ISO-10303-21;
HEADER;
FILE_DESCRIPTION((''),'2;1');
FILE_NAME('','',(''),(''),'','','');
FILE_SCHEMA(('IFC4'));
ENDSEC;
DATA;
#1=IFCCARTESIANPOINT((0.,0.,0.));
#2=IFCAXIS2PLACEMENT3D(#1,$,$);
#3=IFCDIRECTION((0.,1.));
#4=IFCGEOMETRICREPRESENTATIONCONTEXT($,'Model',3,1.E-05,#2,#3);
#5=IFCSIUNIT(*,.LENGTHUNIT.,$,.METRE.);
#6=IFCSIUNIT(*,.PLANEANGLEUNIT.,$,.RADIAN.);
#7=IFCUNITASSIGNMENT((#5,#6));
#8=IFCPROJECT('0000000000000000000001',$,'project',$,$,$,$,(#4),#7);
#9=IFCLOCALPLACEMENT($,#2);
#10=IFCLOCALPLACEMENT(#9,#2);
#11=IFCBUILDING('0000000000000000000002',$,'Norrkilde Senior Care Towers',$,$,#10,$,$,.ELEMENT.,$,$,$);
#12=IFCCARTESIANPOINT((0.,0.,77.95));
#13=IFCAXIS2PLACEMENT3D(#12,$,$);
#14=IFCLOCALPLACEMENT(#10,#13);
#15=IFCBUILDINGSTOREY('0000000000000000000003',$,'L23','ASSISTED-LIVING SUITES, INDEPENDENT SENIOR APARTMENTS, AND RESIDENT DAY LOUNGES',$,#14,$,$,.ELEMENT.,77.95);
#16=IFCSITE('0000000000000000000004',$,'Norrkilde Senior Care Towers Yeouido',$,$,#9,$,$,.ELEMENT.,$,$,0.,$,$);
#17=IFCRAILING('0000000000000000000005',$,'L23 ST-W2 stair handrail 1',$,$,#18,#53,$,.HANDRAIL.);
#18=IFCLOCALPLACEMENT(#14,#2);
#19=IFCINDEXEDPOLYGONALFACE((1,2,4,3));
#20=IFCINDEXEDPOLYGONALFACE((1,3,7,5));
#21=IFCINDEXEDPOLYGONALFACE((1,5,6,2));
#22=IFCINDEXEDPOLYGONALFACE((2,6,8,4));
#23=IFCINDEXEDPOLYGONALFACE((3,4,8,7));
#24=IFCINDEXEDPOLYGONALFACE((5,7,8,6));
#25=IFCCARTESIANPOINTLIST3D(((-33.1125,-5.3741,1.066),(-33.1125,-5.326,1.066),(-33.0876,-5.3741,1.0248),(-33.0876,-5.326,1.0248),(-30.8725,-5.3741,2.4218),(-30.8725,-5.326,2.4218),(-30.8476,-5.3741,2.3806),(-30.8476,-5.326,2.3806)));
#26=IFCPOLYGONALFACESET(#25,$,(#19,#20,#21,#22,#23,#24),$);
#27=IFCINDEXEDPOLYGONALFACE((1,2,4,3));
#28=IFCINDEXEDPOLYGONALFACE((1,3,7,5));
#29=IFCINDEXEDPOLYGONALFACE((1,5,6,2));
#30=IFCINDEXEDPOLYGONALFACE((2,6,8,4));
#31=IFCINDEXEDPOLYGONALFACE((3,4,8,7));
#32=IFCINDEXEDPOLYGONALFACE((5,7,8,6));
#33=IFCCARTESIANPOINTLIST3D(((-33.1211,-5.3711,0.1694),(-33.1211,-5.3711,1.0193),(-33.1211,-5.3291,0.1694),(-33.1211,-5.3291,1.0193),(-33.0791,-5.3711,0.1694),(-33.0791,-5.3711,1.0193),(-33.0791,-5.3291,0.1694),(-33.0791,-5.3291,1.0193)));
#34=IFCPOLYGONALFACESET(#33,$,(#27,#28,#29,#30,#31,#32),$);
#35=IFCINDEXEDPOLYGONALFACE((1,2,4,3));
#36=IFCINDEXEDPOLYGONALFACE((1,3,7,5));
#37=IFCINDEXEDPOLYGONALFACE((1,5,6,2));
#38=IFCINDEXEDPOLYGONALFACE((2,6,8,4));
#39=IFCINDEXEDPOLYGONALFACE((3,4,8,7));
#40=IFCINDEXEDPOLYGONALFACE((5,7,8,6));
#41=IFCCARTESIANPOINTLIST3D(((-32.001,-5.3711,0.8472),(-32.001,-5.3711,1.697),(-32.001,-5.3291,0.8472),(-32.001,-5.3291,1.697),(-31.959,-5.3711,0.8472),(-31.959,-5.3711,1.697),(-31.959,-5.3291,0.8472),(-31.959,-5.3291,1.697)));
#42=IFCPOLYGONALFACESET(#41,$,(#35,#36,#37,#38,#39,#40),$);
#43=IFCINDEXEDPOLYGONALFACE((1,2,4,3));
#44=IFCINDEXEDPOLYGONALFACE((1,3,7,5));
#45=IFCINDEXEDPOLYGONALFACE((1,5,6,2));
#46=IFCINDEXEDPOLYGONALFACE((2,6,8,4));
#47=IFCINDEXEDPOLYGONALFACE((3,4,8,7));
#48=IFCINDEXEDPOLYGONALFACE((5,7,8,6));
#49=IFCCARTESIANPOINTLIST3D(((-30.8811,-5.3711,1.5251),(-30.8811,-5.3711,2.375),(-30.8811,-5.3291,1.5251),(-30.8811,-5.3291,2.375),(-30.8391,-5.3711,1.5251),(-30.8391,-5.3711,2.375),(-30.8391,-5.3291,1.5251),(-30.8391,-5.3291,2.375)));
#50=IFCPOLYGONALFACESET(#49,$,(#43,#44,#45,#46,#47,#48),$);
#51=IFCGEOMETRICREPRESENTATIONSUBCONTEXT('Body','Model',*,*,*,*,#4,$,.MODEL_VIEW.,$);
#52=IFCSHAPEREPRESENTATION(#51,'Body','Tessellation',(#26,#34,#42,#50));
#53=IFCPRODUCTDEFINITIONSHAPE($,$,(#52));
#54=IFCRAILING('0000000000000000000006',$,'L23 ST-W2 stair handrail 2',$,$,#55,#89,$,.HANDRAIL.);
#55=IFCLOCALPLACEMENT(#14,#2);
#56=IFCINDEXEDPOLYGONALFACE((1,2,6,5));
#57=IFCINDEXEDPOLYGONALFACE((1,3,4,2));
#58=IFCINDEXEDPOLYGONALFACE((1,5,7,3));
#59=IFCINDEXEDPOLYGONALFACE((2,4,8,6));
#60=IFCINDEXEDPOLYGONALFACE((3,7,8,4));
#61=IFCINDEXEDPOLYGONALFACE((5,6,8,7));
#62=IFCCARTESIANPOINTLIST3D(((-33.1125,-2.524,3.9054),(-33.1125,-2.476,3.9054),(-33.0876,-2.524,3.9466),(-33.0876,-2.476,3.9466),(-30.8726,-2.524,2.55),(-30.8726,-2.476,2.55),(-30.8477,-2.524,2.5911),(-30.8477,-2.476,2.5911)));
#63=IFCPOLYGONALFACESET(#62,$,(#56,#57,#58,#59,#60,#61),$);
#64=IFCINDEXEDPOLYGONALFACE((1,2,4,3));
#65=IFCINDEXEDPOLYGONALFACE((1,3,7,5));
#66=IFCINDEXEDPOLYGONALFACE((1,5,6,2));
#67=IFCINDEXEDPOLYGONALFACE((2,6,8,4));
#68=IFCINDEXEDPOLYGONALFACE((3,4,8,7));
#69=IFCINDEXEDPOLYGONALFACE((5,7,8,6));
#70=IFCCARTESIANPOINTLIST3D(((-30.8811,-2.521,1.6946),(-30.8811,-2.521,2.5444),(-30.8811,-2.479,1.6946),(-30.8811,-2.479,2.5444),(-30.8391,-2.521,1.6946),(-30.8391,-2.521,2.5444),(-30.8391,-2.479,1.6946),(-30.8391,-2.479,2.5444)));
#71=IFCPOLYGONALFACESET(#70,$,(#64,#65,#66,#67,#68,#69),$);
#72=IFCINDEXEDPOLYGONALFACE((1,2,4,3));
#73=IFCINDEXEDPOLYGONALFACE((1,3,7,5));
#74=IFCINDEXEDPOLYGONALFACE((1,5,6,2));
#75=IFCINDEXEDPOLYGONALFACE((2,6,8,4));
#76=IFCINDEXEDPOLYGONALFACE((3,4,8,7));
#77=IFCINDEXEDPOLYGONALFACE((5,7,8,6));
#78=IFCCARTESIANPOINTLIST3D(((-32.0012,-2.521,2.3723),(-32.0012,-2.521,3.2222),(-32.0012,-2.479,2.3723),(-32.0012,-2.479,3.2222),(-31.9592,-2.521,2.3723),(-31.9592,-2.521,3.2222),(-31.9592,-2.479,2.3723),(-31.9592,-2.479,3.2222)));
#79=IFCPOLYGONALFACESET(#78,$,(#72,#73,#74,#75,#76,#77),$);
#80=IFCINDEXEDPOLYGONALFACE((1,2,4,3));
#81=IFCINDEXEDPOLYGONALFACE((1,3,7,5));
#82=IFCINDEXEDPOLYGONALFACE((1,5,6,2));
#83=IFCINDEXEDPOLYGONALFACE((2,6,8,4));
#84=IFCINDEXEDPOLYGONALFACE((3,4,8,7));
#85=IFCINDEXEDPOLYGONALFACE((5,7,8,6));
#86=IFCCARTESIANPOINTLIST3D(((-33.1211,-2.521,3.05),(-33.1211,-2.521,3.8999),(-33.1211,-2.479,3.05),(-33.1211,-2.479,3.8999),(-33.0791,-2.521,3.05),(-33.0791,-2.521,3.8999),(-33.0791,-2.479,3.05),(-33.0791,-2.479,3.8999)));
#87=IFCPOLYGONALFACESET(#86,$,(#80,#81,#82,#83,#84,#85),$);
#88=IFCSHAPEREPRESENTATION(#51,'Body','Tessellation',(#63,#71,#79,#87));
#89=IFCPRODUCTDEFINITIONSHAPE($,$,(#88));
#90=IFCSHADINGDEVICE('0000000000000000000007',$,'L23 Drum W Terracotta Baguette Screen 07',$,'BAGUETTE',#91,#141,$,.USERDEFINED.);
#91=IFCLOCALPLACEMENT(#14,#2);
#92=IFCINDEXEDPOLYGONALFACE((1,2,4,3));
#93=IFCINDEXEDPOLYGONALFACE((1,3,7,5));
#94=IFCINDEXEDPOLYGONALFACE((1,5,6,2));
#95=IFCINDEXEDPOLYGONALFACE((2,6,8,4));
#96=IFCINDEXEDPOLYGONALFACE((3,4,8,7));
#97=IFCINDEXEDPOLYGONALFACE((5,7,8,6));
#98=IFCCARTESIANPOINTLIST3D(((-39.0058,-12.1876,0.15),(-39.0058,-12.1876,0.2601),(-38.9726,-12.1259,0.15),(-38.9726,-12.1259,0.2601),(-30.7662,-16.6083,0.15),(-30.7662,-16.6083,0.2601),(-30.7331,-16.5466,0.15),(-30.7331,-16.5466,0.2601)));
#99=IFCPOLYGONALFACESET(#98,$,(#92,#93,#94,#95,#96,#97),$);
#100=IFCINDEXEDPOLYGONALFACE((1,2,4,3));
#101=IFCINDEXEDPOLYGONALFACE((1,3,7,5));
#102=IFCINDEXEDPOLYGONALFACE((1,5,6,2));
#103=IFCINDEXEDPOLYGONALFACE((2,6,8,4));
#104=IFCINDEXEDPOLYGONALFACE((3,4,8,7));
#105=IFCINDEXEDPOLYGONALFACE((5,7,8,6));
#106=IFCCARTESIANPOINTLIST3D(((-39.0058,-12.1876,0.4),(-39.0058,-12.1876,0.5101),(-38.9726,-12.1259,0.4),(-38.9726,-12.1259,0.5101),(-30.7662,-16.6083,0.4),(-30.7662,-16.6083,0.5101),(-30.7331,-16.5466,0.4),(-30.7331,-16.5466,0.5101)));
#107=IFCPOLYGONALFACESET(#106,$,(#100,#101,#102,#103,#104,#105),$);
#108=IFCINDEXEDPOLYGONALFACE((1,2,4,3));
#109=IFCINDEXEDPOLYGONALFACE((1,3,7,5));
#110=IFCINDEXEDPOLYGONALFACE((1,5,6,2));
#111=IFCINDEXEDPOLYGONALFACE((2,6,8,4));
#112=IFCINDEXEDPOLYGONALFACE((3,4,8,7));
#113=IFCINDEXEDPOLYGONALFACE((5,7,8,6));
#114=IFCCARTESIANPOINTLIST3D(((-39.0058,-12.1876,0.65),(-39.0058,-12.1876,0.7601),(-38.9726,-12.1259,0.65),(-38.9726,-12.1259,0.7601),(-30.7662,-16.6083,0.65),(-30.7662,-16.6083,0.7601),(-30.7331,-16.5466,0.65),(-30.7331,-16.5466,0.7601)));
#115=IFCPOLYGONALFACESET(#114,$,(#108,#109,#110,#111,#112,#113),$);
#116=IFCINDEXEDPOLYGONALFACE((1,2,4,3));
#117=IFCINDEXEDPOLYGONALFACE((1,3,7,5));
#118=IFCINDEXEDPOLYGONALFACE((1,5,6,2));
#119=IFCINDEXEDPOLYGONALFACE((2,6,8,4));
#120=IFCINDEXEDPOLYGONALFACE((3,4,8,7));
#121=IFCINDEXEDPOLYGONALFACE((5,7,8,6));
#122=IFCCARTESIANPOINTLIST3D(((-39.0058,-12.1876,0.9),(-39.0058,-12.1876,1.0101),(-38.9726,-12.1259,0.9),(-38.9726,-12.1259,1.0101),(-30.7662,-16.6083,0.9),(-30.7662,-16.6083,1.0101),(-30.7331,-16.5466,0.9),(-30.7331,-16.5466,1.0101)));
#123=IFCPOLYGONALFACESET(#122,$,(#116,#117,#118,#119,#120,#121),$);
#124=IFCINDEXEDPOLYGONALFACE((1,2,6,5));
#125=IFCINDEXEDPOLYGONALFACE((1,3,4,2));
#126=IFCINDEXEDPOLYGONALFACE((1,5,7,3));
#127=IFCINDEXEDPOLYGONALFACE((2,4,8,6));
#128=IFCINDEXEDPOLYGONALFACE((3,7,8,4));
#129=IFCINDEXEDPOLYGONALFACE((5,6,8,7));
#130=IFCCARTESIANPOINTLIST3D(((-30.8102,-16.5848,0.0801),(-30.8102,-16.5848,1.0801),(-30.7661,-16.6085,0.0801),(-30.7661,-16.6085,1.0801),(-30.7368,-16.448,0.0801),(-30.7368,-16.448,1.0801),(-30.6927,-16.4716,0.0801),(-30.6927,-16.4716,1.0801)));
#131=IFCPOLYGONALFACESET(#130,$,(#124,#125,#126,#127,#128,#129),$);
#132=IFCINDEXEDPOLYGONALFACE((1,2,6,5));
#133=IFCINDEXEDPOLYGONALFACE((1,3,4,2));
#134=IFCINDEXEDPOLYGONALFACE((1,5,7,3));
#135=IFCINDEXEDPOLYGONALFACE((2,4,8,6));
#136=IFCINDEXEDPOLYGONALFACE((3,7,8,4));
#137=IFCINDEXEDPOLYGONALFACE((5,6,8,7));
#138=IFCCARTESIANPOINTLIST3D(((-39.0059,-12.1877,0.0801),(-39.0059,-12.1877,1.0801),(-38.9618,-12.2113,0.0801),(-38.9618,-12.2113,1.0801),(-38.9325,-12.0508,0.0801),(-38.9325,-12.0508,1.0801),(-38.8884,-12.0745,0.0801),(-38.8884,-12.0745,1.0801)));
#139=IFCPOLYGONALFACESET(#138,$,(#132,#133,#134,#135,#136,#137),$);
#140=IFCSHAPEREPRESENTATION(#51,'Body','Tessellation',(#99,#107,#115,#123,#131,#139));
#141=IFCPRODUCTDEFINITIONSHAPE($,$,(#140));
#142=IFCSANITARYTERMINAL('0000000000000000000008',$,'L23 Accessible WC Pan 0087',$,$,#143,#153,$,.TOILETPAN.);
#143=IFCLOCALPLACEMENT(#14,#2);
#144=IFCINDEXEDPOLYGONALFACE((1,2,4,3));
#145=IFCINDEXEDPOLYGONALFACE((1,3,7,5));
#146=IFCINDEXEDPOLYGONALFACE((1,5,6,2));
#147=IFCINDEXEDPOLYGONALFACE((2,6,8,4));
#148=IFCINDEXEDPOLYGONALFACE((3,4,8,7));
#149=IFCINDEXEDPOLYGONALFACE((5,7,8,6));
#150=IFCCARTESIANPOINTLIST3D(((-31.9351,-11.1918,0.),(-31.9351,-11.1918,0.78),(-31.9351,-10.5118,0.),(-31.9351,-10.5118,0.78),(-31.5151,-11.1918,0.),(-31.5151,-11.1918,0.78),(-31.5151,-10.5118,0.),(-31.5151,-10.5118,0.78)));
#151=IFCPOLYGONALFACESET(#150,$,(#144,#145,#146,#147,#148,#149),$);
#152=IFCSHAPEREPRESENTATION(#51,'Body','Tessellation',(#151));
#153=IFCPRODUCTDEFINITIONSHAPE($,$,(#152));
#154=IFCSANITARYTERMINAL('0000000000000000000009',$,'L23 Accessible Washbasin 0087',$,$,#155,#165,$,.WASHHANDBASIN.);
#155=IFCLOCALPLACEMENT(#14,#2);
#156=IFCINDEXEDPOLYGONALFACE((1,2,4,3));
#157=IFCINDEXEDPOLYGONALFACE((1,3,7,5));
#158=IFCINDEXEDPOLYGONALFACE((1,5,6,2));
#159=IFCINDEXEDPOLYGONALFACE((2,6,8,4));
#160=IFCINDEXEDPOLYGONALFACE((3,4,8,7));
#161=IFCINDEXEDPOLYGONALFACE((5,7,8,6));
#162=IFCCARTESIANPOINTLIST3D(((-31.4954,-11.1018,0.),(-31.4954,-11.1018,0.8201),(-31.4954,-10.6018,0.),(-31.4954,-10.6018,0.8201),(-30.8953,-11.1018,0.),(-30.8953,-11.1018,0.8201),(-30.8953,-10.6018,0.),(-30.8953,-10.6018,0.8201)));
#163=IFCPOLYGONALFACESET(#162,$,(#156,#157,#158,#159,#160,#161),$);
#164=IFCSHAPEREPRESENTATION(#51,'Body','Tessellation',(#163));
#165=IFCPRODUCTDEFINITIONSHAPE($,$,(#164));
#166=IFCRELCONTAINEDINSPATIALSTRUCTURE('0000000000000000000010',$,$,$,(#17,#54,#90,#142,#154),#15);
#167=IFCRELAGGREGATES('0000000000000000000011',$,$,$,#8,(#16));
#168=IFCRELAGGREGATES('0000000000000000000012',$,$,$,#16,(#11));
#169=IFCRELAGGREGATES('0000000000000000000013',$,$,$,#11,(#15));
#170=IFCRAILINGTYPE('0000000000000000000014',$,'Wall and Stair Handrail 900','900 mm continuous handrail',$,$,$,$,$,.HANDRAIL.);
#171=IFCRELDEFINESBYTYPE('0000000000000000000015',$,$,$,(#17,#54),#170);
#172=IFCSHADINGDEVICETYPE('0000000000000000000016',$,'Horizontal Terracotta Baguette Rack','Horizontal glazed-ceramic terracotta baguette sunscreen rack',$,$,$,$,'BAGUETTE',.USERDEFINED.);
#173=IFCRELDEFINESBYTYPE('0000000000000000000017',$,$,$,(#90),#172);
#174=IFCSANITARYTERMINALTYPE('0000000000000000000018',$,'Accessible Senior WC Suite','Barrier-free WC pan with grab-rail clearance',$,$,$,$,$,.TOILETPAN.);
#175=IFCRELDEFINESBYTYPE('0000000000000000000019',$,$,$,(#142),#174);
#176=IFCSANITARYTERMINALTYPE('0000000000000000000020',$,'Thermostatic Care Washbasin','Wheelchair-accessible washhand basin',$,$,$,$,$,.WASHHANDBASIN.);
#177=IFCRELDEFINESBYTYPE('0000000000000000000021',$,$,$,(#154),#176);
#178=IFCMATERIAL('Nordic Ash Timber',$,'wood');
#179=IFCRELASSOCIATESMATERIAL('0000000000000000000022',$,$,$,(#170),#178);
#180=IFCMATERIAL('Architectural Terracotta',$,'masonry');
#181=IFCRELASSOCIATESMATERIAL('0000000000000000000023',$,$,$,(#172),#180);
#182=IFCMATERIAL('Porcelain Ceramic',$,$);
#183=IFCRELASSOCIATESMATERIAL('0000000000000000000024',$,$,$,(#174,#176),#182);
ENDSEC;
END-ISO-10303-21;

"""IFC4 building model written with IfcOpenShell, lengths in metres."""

from ifc_helpers import new_model, si_unit, direction, frame, origin, origin_2d, place, context, subcontext, project, spatial, rectangle, extrude, source, transform, mapped, material, type_object, type_shapes, element, save


model = new_model("IFC4")

# Units and contexts
model_context = context("Model", 3, precision=1e-05, world=origin(), true_north=direction((0.0, 1.0)))
body_context = subcontext(model_context, "Body", "Model", "MODEL_VIEW")
ifc_project = project(units=[si_unit("LENGTHUNIT", "METRE"), si_unit("PLANEANGLEUNIT", "RADIAN")], contexts=[model_context])

# Site, building, storey
site_placement = place(None, origin())
site = spatial("IfcSite", under=ifc_project, at=site_placement, Name="Norrkilde Senior Care Towers Yeouido", CompositionType="ELEMENT", RefElevation=0.0)
building_placement = place(site_placement, origin())
building = spatial("IfcBuilding", under=site, at=building_placement, Name="Norrkilde Senior Care Towers", CompositionType="ELEMENT")
storey_placement = place(building_placement, frame((0.0, 0.0, 77.95)))
storey = spatial("IfcBuildingStorey", under=building, at=storey_placement, Name="L23", Description="ASSISTED-LIVING SUITES, INDEPENDENT SENIOR APARTMENTS, AND RESIDENT DAY LOUNGES", CompositionType="ELEMENT", Elevation=77.95)

# Railings
ifc_material_1 = material(Name="Nordic Ash Timber", Category="wood")
railing_type_1 = type_object("IfcRailingType", Name="Wall and Stair Handrail 900", Description="900 mm continuous handrail", PredefinedType="HANDRAIL", material=ifc_material_1)
railing_1_placement = place(storey_placement, frame((-33.1001, -5.3501, 0.1694)))
element("IfcRailing", 1, at=railing_1_placement, inside=storey, type_object=railing_type_1, Name="L23 ST-W2 stair handrail 1", PredefinedType="HANDRAIL", context=body_context, shape_type="SweptSolid", body=[
    extrude(rectangle(XDim=0.0481, YDim=0.0481, at=origin_2d()), frame((0.0, 0.0, 0.876), z_axis=(0.855512, 0.0, 0.517783), x_axis=(0.0, 1.0, 0.0)), (0.0, 0.0, 1.0), 2.6184),
    extrude(rectangle(XDim=0.042, YDim=0.042, at=origin_2d()), origin(), (0.0, 0.0, 1.0), 0.8499),
    extrude(rectangle(XDim=0.042, YDim=0.042, at=origin_2d()), frame((1.1201, 0.0, 0.6777)), (0.0, 0.0, 1.0), 0.8499),
    extrude(rectangle(XDim=0.042, YDim=0.042, at=origin_2d()), frame((2.24, 0.0, 1.3557)), (0.0, 0.0, 1.0), 0.8499),
])
railing_2_placement = place(storey_placement, frame((-30.8601, -2.5, 1.6946)))
element("IfcRailing", 2, at=railing_2_placement, inside=storey, type_object=railing_type_1, Name="L23 ST-W2 stair handrail 2", PredefinedType="HANDRAIL", context=body_context, shape_type="SweptSolid", body=[
    extrude(rectangle(XDim=0.0481, YDim=0.0481, at=origin_2d()), frame((0.0, 0.0, 0.876), z_axis=(-0.855553, 0.0, 0.517715), x_axis=(0.0, -1.0, 0.0)), (0.0, 0.0, 1.0), 2.6182),
    extrude(rectangle(XDim=0.042, YDim=0.042, at=origin_2d()), origin(), (0.0, 0.0, 1.0), 0.8499),
    extrude(rectangle(XDim=0.042, YDim=0.042, at=origin_2d()), frame((-1.1201, 0.0, 0.6777)), (0.0, 0.0, 1.0), 0.8499),
    extrude(rectangle(XDim=0.042, YDim=0.042, at=origin_2d()), frame((-2.24, 0.0, 1.3555)), (0.0, 0.0, 1.0), 0.8499),
])

# Shading device
ifc_material_2 = material(Name="Architectural Terracotta", Category="masonry")
shading_device_type = type_object("IfcShadingDeviceType", Name="Horizontal Terracotta Baguette Rack", Description="Horizontal glazed-ceramic terracotta baguette sunscreen rack", ElementType="BAGUETTE", PredefinedType="USERDEFINED", material=ifc_material_2)
shared_shape_1 = source(origin(), body_context, "Body", "SweptSolid", [
    extrude(rectangle(XDim=0.0701, YDim=0.1101, at=origin_2d()), frame((0.0, 0.0901, 0.125), z_axis=(1.0, 0.0, 0.0), x_axis=(0.0, 1.0, 0.0)), (0.0, 0.0, 1.0), 9.3506),
    extrude(rectangle(XDim=0.0701, YDim=0.1101, at=origin_2d()), frame((0.0, 0.0901, 0.375), z_axis=(1.0, 0.0, 0.0), x_axis=(0.0, 1.0, 0.0)), (0.0, 0.0, 1.0), 9.3506),
    extrude(rectangle(XDim=0.0701, YDim=0.1101, at=origin_2d()), frame((0.0, 0.0901, 0.625), z_axis=(1.0, 0.0, 0.0), x_axis=(0.0, 1.0, 0.0)), (0.0, 0.0, 1.0), 9.3506),
    extrude(rectangle(XDim=0.0701, YDim=0.1101, at=origin_2d()), frame((0.0, 0.0901, 0.875), z_axis=(1.0, 0.0, 0.0), x_axis=(0.0, 1.0, 0.0)), (0.0, 0.0, 1.0), 9.3506),
    extrude(rectangle(XDim=0.05, YDim=0.1553, at=origin_2d()), frame((0.0249, 0.0476, 0.0)), (0.0, 0.0, 1.0), 1.0),
    extrude(rectangle(XDim=0.05, YDim=0.1553, at=origin_2d()), frame((9.3257, 0.0476, 0.0)), (0.0, 0.0, 1.0), 1.0),
])
type_shapes(shading_device_type, [shared_shape_1])
shading_device_placement = place(storey_placement, frame((-30.707, -16.498, 0.0801), z_axis=(0.0, 0.0, 1.0), x_axis=(-0.881175, 0.472768, 0.0)))
element("IfcShadingDevice", 3, at=shading_device_placement, inside=storey, type_object=shading_device_type, Name="L23 Drum W Terracotta Baguette Screen 07", ObjectType="BAGUETTE", PredefinedType="USERDEFINED", context=body_context, shape_type="MappedRepresentation", body=[
    mapped(shared_shape_1, transform((0.0, 0.0, 0.0), x_axis=(1.0, 0.0, 0.0), y_axis=(0.0, 1.0, 0.0), z_axis=(0.0, 0.0, 1.0), scale=1.0)),
])

# Sanitary terminals
ifc_material_3 = material(Name="Porcelain Ceramic")
sanitary_terminal_type_1 = type_object("IfcSanitaryTerminalType", Name="Accessible Senior WC Suite", Description="Barrier-free WC pan with grab-rail clearance", PredefinedType="TOILETPAN", material=ifc_material_3)
shared_shape_2 = source(origin(), body_context, "Body", "SweptSolid", [
    extrude(rectangle(XDim=0.4199, YDim=0.6799, at=origin_2d()), origin(), (0.0, 0.0, 1.0), 0.78),
])
type_shapes(sanitary_terminal_type_1, [shared_shape_2])
sanitary_terminal_1_placement = place(storey_placement, frame((-31.7251, -10.8518, 0.0), z_axis=(0.0, 0.0, 1.0), x_axis=(1.0, 0.0, 0.0)))
element("IfcSanitaryTerminal", 4, at=sanitary_terminal_1_placement, inside=storey, type_object=sanitary_terminal_type_1, Name="L23 Accessible WC Pan 0087", PredefinedType="TOILETPAN", context=body_context, shape_type="MappedRepresentation", body=[
    mapped(shared_shape_2, transform((0.0, 0.0, 0.0), x_axis=(1.0, 0.0, 0.0), y_axis=(0.0, 1.0, 0.0), z_axis=(0.0, 0.0, 1.0), scale=1.0)),
])
sanitary_terminal_type_2 = type_object("IfcSanitaryTerminalType", Name="Thermostatic Care Washbasin", Description="Wheelchair-accessible washhand basin", PredefinedType="WASHHANDBASIN", material=ifc_material_3)
shared_shape_3 = source(origin(), body_context, "Body", "SweptSolid", [
    extrude(rectangle(XDim=0.6001, YDim=0.5, at=origin_2d()), origin(), (0.0, 0.0, 1.0), 0.8201),
])
type_shapes(sanitary_terminal_type_2, [shared_shape_3])
sanitary_terminal_2_placement = place(storey_placement, frame((-31.1953, -10.8518, 0.0), z_axis=(0.0, 0.0, 1.0), x_axis=(1.0, 0.0, 0.0)))
element("IfcSanitaryTerminal", 5, at=sanitary_terminal_2_placement, inside=storey, type_object=sanitary_terminal_type_2, Name="L23 Accessible Washbasin 0087", PredefinedType="WASHHANDBASIN", context=body_context, shape_type="MappedRepresentation", body=[
    mapped(shared_shape_3, transform((0.0, 0.0, 0.0), x_axis=(1.0, 0.0, 0.0), y_axis=(0.0, 1.0, 0.0), z_axis=(0.0, 0.0, 1.0), scale=1.0)),
])

save(model, "model.ifc")
